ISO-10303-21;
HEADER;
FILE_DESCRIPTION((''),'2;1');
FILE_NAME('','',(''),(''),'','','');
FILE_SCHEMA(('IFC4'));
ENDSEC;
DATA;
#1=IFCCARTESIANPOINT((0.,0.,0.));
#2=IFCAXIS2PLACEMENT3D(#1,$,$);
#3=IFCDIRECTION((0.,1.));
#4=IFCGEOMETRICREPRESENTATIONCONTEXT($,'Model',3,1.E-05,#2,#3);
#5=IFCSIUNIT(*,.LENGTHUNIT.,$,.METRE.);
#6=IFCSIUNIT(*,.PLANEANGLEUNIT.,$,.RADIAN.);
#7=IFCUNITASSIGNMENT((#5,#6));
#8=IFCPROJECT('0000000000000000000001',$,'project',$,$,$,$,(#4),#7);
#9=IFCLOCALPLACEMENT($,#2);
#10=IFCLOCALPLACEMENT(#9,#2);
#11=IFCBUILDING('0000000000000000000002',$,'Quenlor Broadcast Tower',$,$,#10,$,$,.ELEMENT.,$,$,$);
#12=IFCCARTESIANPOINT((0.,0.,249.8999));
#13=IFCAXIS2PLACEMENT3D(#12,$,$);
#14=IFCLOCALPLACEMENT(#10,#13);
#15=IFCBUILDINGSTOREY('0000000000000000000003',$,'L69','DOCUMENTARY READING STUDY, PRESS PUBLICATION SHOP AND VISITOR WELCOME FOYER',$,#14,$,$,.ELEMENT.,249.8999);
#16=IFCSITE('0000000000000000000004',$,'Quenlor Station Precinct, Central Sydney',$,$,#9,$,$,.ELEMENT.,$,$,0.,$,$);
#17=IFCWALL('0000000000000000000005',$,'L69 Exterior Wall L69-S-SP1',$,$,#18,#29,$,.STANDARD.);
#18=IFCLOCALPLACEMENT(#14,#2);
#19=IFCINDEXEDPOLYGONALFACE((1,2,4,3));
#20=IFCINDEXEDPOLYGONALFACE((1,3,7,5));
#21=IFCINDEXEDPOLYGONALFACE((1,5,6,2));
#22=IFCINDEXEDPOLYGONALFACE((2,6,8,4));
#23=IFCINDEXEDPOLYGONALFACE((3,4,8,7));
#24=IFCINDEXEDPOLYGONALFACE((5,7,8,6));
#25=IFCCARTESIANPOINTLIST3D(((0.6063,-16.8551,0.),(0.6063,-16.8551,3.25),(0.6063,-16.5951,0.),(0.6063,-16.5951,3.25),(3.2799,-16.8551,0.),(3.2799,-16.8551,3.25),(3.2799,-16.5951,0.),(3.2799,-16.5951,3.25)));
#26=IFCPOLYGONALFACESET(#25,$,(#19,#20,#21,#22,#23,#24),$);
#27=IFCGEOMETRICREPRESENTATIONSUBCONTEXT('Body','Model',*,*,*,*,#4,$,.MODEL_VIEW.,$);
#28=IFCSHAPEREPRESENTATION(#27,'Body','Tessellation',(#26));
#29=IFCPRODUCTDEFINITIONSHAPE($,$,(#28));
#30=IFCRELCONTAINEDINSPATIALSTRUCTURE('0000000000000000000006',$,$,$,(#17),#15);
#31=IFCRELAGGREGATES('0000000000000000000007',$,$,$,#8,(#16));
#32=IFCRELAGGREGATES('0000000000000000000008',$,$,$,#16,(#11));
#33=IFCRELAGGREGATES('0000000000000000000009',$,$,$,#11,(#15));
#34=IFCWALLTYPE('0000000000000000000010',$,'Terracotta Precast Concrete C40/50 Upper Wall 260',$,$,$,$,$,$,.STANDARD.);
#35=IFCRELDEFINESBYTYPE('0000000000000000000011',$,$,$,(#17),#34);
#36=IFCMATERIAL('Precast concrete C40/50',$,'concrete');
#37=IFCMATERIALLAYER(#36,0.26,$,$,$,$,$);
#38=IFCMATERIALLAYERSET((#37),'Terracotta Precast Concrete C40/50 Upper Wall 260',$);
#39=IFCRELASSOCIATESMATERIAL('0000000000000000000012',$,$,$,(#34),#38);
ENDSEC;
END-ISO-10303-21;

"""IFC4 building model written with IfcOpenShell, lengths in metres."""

from ifc_helpers import new_model, si_unit, direction, frame, frame_2d, origin, place, context, subcontext, project, spatial, rectangle, extrude, material, layer, layer_set, type_object, element, save


model = new_model("IFC4")

# Units and contexts
model_context = context("Model", 3, precision=1e-05, world=origin(), true_north=direction((0.0, 1.0)))
body_context = subcontext(model_context, "Body", "Model", "MODEL_VIEW")
ifc_project = project(units=[si_unit("LENGTHUNIT", "METRE"), si_unit("PLANEANGLEUNIT", "RADIAN")], contexts=[model_context])

# Site, building, storey
site_placement = place(None, origin())
site = spatial("IfcSite", under=ifc_project, at=site_placement, Name="Quenlor Station Precinct, Central Sydney", CompositionType="ELEMENT", RefElevation=0.0)
building_placement = place(site_placement, origin())
building = spatial("IfcBuilding", under=site, at=building_placement, Name="Quenlor Broadcast Tower", CompositionType="ELEMENT")
storey_placement = place(building_placement, frame((0.0, 0.0, 249.8999)))
storey = spatial("IfcBuildingStorey", under=building, at=storey_placement, Name="L69", Description="DOCUMENTARY READING STUDY, PRESS PUBLICATION SHOP AND VISITOR WELCOME FOYER", CompositionType="ELEMENT", Elevation=249.8999)

# Wall
ifc_material_1 = material(Name="Precast concrete C40/50", Category="concrete")
ifc_layer_1 = layer(ifc_material_1, 0.26)
ifc_layer_set_1 = layer_set([ifc_layer_1], Name="Terracotta Precast Concrete C40/50 Upper Wall 260")
wall_type_1 = type_object("IfcWallType", Name="Terracotta Precast Concrete C40/50 Upper Wall 260", PredefinedType="STANDARD", material=ifc_layer_set_1)
wall_1_placement = place(storey_placement, frame((3.28, -16.7251, 0.0), z_axis=(0.0, 0.0, 1.0), x_axis=(-1.0, 0.0, 0.0)))
element("IfcWall", 1, at=wall_1_placement, inside=storey, type_object=wall_type_1, Name="L69 Exterior Wall L69-S-SP1", PredefinedType="STANDARD", context=body_context, shape_type="SweptSolid", body=[
    extrude(rectangle(XDim=2.6736, YDim=0.26, at=frame_2d((1.3369, 0.0))), origin(), (0.0, 0.0, 1.0), 3.25),
])

save(model, "model.ifc")
